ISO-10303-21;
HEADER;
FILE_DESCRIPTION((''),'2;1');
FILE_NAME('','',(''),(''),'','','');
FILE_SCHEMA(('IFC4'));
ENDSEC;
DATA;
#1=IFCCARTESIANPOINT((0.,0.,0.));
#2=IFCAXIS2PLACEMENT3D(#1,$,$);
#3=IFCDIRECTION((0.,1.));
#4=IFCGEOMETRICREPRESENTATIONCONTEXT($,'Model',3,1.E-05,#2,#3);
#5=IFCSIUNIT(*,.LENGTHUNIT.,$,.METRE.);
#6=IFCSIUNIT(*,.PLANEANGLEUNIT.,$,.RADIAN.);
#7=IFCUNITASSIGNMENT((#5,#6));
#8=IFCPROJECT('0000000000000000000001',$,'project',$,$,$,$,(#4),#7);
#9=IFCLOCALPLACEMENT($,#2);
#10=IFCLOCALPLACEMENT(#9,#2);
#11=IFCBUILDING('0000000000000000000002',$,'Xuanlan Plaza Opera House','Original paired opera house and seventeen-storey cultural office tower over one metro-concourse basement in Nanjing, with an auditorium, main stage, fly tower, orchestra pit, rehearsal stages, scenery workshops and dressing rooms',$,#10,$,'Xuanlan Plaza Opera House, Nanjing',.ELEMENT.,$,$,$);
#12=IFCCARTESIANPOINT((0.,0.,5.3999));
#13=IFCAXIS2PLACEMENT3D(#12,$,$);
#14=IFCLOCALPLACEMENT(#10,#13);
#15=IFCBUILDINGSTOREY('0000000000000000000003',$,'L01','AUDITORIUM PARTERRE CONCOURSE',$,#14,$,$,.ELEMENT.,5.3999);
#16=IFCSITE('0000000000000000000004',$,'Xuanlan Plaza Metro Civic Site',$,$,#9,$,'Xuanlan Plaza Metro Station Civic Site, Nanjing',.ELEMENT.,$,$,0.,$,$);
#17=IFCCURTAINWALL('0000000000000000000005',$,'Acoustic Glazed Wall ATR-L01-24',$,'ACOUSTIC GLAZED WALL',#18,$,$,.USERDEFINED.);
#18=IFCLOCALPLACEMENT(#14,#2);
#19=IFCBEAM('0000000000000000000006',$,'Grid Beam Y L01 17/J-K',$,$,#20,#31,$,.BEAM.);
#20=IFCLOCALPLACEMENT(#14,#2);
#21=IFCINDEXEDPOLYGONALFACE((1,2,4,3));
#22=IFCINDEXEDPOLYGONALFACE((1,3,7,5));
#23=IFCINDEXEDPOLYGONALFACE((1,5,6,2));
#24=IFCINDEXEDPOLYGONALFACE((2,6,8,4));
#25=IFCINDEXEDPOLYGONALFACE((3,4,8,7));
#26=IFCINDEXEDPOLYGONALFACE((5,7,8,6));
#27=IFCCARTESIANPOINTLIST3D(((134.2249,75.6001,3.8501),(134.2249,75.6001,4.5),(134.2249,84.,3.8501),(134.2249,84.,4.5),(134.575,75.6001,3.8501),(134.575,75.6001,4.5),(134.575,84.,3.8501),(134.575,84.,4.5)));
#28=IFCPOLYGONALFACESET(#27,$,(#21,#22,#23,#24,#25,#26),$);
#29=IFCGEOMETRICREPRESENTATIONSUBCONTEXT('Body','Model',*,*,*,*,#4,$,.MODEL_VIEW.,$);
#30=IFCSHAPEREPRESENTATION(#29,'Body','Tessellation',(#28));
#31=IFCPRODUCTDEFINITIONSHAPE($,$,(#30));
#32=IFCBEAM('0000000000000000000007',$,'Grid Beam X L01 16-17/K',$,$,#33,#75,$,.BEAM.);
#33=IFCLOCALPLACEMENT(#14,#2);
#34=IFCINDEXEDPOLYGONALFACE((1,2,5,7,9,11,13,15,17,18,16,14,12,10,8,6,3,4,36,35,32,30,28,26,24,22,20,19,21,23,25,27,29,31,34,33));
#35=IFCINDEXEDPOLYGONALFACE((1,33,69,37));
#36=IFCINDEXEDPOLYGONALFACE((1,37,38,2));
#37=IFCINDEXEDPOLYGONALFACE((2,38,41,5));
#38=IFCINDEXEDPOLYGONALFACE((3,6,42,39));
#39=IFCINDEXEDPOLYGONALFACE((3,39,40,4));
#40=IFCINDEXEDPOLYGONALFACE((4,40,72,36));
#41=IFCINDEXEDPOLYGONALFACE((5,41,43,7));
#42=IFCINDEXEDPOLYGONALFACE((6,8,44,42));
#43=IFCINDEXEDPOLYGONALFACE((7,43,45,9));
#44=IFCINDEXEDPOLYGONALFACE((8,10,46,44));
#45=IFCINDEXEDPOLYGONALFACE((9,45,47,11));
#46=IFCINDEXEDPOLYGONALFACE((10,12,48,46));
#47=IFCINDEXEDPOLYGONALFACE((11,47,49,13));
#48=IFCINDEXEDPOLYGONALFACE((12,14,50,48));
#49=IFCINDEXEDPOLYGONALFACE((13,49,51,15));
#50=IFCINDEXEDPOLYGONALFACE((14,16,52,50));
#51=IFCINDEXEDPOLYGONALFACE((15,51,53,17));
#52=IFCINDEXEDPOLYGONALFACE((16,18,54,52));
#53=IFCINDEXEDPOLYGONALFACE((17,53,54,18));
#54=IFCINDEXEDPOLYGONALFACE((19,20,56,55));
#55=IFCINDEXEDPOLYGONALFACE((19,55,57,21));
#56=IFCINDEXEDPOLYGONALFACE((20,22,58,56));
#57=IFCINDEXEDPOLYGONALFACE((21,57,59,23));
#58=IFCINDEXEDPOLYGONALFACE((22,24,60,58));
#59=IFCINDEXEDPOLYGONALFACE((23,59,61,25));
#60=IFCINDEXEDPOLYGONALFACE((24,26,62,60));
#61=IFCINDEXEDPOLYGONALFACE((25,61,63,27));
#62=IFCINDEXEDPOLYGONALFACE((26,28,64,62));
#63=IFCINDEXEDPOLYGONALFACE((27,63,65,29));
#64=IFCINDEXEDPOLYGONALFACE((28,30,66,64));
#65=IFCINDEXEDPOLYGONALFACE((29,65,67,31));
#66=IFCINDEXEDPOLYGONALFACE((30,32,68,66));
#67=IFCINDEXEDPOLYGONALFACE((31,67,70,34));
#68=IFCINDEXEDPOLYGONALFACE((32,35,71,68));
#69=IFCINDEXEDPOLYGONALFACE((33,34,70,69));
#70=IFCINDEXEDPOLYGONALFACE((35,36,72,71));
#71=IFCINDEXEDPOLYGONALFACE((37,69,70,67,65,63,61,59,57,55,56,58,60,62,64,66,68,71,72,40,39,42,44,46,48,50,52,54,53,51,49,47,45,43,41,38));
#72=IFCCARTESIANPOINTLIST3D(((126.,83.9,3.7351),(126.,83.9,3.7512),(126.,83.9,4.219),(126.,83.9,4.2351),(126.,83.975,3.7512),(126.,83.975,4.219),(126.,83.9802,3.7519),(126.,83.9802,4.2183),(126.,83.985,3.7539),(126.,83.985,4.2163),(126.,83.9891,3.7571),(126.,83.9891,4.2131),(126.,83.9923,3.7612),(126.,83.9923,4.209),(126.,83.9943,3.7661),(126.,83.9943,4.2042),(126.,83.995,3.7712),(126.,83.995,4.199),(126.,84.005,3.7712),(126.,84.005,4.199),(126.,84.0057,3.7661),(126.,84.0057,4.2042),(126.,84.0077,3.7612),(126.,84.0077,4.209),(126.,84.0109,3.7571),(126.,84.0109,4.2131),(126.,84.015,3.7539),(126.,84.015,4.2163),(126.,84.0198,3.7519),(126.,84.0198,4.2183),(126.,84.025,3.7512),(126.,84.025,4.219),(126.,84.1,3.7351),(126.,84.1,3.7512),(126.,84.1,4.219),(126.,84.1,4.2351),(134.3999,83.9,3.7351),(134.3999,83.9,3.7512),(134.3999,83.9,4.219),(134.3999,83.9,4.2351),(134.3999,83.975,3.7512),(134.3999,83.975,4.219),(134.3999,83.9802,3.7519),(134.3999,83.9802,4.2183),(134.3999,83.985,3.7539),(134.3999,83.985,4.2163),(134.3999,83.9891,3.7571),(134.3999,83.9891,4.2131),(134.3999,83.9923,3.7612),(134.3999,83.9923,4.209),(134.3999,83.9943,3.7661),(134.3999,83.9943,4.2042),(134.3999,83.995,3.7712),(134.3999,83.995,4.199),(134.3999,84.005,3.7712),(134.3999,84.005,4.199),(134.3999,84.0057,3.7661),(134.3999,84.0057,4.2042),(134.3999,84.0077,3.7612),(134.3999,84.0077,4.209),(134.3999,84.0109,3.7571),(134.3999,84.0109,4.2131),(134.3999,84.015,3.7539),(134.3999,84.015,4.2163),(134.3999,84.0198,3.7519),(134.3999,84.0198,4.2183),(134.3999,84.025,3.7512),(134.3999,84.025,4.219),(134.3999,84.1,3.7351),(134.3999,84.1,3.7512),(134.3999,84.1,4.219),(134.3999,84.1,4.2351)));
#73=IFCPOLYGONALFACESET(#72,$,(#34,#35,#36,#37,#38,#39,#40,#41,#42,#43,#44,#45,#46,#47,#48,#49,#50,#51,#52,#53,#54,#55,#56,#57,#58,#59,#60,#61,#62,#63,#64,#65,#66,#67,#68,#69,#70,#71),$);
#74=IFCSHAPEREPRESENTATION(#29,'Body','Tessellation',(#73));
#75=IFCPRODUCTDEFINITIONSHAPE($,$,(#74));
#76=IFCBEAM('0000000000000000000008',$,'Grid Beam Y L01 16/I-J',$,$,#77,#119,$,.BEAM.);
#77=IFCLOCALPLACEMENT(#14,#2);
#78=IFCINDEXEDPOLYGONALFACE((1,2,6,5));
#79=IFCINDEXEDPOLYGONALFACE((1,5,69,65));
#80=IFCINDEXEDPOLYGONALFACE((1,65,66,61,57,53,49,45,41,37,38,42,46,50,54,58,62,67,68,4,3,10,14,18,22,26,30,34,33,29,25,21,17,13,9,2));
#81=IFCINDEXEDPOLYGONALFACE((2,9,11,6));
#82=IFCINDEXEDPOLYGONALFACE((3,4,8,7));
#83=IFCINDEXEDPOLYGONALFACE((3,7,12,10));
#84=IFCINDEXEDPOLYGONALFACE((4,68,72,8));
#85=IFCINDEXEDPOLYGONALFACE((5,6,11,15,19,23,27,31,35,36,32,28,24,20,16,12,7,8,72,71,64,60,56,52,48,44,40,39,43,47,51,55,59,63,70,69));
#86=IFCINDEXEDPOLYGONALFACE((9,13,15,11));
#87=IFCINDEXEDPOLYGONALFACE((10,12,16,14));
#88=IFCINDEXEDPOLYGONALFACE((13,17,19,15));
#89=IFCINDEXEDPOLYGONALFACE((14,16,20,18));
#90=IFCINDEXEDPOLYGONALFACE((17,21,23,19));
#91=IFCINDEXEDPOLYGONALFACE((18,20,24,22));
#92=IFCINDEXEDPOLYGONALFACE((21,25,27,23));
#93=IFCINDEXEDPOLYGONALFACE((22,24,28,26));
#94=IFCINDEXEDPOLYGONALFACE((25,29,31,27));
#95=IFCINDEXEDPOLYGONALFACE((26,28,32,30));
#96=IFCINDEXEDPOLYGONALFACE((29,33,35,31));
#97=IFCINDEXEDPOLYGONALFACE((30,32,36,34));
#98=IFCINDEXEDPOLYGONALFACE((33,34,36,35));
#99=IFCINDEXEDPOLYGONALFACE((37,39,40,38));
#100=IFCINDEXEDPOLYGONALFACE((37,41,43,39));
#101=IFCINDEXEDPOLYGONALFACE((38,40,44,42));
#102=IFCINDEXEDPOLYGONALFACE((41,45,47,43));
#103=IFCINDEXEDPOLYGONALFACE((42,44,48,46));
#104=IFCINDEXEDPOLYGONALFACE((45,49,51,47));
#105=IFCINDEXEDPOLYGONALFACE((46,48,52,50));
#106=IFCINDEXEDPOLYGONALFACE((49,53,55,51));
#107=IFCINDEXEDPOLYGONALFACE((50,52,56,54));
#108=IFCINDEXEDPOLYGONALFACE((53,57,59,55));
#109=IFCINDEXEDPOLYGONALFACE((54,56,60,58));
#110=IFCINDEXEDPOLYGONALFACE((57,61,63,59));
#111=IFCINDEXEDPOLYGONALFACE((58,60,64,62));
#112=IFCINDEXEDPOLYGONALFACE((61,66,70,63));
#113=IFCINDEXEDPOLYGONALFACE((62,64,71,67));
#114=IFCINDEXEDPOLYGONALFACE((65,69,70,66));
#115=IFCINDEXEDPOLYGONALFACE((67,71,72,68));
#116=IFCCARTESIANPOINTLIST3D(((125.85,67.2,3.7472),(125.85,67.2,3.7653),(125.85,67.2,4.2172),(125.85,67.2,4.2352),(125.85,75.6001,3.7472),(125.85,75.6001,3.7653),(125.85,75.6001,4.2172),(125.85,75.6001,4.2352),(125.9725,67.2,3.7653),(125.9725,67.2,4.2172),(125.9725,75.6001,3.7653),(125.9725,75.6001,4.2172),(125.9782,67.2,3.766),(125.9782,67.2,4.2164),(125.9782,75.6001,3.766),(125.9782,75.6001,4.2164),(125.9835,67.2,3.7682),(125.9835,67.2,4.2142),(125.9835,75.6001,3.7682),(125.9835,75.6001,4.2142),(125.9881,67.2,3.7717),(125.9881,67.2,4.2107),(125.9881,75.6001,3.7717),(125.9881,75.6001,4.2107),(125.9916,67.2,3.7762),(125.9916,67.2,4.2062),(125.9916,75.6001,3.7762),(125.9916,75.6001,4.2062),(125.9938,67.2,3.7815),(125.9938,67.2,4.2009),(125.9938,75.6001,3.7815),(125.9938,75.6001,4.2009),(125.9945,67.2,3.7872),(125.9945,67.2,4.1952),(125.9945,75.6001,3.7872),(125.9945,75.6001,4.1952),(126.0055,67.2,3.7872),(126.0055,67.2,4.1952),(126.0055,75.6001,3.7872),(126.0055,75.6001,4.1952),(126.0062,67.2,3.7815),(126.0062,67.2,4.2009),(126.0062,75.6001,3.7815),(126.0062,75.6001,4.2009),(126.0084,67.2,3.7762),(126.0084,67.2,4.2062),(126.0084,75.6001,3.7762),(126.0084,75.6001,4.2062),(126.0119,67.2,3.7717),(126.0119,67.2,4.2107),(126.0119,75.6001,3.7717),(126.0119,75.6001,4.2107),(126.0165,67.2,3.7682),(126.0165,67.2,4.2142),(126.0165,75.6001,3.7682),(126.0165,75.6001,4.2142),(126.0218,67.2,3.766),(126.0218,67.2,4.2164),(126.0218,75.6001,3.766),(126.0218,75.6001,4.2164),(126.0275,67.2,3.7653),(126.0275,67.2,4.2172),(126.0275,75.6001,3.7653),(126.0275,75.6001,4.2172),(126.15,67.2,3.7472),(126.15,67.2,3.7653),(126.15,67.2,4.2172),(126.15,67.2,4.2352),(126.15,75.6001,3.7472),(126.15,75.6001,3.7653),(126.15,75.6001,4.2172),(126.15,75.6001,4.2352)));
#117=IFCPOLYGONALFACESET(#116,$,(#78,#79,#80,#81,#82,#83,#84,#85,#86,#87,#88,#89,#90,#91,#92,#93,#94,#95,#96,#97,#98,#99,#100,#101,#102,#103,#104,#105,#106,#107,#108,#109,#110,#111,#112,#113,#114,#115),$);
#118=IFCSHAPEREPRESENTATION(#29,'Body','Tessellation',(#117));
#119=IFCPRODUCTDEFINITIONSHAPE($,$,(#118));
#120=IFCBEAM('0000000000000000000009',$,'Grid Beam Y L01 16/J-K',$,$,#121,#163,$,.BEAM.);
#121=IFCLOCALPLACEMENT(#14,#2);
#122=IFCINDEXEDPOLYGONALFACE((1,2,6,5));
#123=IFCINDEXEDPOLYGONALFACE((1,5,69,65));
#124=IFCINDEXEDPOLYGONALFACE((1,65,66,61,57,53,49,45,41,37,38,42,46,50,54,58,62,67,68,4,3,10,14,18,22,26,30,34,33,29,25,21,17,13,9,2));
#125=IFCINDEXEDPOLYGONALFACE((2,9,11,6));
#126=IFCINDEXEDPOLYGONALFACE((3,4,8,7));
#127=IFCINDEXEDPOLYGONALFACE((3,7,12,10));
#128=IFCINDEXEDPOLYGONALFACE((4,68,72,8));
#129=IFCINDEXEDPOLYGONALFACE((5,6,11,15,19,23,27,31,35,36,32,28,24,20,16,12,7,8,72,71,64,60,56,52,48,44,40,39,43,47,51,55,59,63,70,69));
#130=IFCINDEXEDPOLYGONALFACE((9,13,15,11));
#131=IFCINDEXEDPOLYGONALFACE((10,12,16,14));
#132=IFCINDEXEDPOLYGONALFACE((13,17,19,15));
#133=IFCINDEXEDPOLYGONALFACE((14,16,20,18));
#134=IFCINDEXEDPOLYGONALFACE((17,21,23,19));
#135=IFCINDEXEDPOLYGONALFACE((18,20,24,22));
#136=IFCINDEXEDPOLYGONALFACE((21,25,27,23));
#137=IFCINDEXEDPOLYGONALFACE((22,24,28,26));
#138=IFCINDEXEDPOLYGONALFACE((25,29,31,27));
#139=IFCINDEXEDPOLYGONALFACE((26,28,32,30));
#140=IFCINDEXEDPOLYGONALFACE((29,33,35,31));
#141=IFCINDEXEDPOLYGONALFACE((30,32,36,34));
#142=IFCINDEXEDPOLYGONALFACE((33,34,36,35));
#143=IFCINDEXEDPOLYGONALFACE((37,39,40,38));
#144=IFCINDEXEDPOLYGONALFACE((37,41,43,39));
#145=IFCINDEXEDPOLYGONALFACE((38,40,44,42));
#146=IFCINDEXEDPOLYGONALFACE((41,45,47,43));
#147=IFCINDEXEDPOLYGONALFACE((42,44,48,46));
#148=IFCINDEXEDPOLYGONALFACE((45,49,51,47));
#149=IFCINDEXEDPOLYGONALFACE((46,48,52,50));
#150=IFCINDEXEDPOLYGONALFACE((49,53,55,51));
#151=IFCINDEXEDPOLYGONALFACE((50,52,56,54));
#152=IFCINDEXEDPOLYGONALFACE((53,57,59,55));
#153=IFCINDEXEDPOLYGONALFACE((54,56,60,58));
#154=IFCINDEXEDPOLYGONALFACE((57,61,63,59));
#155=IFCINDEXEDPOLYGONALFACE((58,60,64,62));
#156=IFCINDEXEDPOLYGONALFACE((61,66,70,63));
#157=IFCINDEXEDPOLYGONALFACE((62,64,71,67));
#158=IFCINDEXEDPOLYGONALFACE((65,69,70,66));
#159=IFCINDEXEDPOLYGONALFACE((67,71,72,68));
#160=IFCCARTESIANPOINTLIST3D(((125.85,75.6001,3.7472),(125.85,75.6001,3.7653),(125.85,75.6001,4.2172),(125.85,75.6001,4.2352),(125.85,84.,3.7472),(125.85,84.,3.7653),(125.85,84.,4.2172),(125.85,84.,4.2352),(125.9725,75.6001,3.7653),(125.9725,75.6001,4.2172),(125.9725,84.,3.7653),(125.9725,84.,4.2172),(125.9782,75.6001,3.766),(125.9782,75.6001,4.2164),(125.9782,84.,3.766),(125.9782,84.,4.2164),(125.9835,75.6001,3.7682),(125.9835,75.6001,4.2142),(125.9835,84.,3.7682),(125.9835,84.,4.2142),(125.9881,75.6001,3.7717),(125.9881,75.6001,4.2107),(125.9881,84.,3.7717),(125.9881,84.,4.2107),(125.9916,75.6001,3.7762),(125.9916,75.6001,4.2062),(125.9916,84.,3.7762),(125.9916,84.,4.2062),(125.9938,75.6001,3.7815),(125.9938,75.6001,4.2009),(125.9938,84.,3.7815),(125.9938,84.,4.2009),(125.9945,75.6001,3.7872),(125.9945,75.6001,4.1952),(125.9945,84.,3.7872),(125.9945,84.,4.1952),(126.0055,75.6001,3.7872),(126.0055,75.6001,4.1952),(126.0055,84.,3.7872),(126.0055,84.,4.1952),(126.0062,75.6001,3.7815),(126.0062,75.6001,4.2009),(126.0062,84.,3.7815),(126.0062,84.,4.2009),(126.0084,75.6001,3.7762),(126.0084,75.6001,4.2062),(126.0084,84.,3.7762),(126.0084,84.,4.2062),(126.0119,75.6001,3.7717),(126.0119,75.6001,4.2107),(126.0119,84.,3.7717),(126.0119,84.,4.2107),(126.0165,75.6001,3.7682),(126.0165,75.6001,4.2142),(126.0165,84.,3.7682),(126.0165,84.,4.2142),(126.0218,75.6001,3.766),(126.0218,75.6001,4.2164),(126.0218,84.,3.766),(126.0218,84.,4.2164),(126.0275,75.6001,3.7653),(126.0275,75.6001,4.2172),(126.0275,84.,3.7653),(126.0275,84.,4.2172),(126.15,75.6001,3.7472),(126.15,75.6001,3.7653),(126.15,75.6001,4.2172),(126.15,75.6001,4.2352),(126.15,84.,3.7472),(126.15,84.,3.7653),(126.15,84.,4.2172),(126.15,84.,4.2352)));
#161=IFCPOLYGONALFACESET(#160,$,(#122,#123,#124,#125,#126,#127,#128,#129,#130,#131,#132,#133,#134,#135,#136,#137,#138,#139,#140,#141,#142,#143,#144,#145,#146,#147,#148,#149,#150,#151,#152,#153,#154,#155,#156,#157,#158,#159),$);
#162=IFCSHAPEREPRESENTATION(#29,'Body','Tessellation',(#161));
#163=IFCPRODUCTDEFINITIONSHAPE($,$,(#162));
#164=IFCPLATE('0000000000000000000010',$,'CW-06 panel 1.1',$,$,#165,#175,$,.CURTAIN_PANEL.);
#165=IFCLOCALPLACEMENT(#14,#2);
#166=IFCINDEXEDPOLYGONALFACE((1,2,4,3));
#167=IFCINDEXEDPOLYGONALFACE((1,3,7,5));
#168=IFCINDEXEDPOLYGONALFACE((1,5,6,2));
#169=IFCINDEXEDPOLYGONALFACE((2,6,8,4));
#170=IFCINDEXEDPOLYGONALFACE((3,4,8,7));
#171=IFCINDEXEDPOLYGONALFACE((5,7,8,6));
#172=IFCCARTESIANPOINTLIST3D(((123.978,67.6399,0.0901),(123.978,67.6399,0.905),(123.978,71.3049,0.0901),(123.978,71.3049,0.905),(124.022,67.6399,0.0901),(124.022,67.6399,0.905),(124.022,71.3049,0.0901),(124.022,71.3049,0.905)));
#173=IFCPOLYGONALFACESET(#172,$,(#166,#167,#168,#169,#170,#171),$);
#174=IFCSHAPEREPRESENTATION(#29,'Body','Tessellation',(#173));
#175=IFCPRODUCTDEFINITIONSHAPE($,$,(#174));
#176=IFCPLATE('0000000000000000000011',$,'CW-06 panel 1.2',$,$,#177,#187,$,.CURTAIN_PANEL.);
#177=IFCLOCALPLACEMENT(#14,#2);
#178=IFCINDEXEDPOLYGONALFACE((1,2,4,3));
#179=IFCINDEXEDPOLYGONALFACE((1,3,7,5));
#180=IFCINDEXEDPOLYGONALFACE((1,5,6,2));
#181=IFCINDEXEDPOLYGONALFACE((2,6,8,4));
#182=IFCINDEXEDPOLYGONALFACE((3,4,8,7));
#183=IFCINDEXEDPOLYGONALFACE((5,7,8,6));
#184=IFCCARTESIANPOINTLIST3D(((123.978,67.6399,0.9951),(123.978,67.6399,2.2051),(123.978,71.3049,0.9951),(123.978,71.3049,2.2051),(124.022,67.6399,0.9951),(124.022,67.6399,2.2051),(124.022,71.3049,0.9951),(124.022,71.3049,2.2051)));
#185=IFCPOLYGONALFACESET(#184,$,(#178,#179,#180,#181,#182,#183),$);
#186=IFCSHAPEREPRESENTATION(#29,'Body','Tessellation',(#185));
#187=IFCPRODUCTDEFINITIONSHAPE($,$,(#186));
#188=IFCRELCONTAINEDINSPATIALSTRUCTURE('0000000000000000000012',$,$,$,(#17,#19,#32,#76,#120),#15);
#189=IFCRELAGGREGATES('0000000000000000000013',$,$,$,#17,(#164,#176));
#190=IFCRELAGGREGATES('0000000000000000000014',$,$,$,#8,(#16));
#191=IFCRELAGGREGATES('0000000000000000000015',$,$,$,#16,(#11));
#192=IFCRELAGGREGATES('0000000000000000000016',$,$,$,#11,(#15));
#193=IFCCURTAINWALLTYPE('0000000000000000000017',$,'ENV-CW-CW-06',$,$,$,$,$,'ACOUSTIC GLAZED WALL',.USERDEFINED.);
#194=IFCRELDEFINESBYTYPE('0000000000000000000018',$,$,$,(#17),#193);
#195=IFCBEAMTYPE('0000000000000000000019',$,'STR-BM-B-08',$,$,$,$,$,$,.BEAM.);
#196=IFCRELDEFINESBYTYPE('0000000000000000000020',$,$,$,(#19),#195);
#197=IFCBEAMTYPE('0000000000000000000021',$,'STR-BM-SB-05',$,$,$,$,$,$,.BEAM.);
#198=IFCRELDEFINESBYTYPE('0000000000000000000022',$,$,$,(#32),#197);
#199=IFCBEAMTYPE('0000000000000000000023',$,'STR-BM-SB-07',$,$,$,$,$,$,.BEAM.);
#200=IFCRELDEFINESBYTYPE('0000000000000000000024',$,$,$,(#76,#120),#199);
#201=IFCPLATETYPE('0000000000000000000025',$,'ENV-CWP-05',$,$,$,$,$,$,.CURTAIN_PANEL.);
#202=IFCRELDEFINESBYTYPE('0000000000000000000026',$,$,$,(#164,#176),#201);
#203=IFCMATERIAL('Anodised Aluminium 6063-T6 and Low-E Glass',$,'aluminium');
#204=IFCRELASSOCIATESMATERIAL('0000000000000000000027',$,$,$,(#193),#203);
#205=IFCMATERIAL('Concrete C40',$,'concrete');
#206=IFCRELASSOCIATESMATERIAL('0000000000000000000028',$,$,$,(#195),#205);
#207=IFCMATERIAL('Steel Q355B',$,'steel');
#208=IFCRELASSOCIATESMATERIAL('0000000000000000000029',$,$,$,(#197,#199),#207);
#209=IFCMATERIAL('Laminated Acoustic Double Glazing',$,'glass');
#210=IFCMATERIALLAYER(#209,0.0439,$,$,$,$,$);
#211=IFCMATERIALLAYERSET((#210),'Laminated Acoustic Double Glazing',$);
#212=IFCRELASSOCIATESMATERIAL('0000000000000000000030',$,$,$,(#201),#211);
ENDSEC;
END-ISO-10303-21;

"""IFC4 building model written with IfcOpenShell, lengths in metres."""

from ifc_helpers import new_model, si_unit, direction, frame, origin, origin_2d, place, context, subcontext, project, spatial, rectangle, i_section, extrude, material, layer, layer_set, material_profile, profile_set, type_object, element, aggregate, save


model = new_model("IFC4")

# Units and contexts
model_context = context("Model", 3, precision=1e-05, world=origin(), true_north=direction((0.0, 1.0)))
body_context = subcontext(model_context, "Body", "Model", "MODEL_VIEW")
ifc_project = project(units=[si_unit("LENGTHUNIT", "METRE"), si_unit("PLANEANGLEUNIT", "RADIAN")], contexts=[model_context])

# Site, building, storey
site_placement = place(None, origin())
site = spatial("IfcSite", under=ifc_project, at=site_placement, Name="Xuanlan Plaza Metro Civic Site", LongName="Xuanlan Plaza Metro Station Civic Site, Nanjing", CompositionType="ELEMENT", RefElevation=0.0)
building_placement = place(site_placement, origin())
building = spatial("IfcBuilding", under=site, at=building_placement, Name="Xuanlan Plaza Opera House", Description="Original paired opera house and seventeen-storey cultural office tower over one metro-concourse basement in Nanjing, with an auditorium, main stage, fly tower, orchestra pit, rehearsal stages, scenery workshops and dressing rooms", LongName="Xuanlan Plaza Opera House, Nanjing", CompositionType="ELEMENT")
storey_placement = place(building_placement, frame((0.0, 0.0, 5.3999)))
storey = spatial("IfcBuildingStorey", under=building, at=storey_placement, Name="L01", Description="AUDITORIUM PARTERRE CONCOURSE", CompositionType="ELEMENT", Elevation=5.3999)

# Curtain wall
ifc_material_1 = material(Name="Anodised Aluminium 6063-T6 and Low-E Glass", Category="aluminium")
curtain_wall_type = type_object("IfcCurtainWallType", Name="ENV-CW-CW-06", ElementType="ACOUSTIC GLAZED WALL", PredefinedType="USERDEFINED", material=ifc_material_1)
curtain_wall_placement = place(storey_placement, origin())
curtain_wall = element("IfcCurtainWall", 1, at=curtain_wall_placement, inside=storey, type_object=curtain_wall_type, Name="Acoustic Glazed Wall ATR-L01-24", ObjectType="ACOUSTIC GLAZED WALL", PredefinedType="USERDEFINED")

# Beams
ifc_material_2 = material(Name="Concrete C40", Category="concrete")
ifc_material_profile_1 = material_profile(ifc_material_2, rectangle(XDim=0.3501, YDim=0.6499, at=origin_2d()), Name="RC-BM 350x650")
ifc_profile_set_1 = profile_set([ifc_material_profile_1], Name="Concrete C40")
beam_type_1 = type_object("IfcBeamType", Name="STR-BM-B-08", PredefinedType="BEAM", material=ifc_profile_set_1)
beam_1_placement = place(storey_placement, frame((134.3999, 75.6001, 4.175), z_axis=(0.0, 1.0, 0.0), x_axis=(-1.0, 0.0, 0.0)))
element("IfcBeam", 2, at=beam_1_placement, inside=storey, type_object=beam_type_1, Name="Grid Beam Y L01 17/J-K", PredefinedType="BEAM", context=body_context, shape_type="SweptSolid", body=[
    extrude(rectangle(XDim=0.3501, YDim=0.6499, at=origin_2d()), origin(), (0.0, 0.0, 1.0), 8.3999),
])
ifc_material_3 = material(Name="Steel Q355B", Category="steel")
ifc_material_profile_2 = material_profile(ifc_material_3, i_section(OverallWidth=0.2, OverallDepth=0.5, WebThickness=0.01, FlangeThickness=0.0161, FilletRadius=0.02, at=origin_2d()), Name="HN 500x200x10x16")
ifc_profile_set_2 = profile_set([ifc_material_profile_2], Name="Steel Q355B")
beam_type_2 = type_object("IfcBeamType", Name="STR-BM-SB-05", PredefinedType="BEAM", material=ifc_profile_set_2)
beam_2_placement = place(storey_placement, frame((126.0, 84.0, 3.9851), z_axis=(1.0, 0.0, 0.0), x_axis=(0.0, 1.0, 0.0)))
element("IfcBeam", 3, at=beam_2_placement, inside=storey, type_object=beam_type_2, Name="Grid Beam X L01 16-17/K", PredefinedType="BEAM", context=body_context, shape_type="SweptSolid", body=[
    extrude(i_section(OverallWidth=0.2, OverallDepth=0.5, WebThickness=0.01, FlangeThickness=0.0161, FilletRadius=0.02, at=origin_2d()), origin(), (0.0, 0.0, 1.0), 8.3999),
])
ifc_material_profile_3 = material_profile(ifc_material_3, i_section(OverallWidth=0.3, OverallDepth=0.488, WebThickness=0.011, FlangeThickness=0.0181, FilletRadius=0.022, at=origin_2d()), Name="HM 488x300x11x18")
ifc_profile_set_3 = profile_set([ifc_material_profile_3], Name="Steel Q355B")
beam_type_3 = type_object("IfcBeamType", Name="STR-BM-SB-07", PredefinedType="BEAM", material=ifc_profile_set_3)
beam_3_placement = place(storey_placement, frame((126.0, 67.2, 3.9912), z_axis=(0.0, 1.0, 0.0), x_axis=(-1.0, 0.0, 0.0)))
element("IfcBeam", 4, at=beam_3_placement, inside=storey, type_object=beam_type_3, Name="Grid Beam Y L01 16/I-J", PredefinedType="BEAM", context=body_context, shape_type="SweptSolid", body=[
    extrude(i_section(OverallWidth=0.3, OverallDepth=0.488, WebThickness=0.011, FlangeThickness=0.0181, FilletRadius=0.022, at=origin_2d()), origin(), (0.0, 0.0, 1.0), 8.4001),
])
beam_4_placement = place(storey_placement, frame((126.0, 75.6001, 3.9912), z_axis=(0.0, 1.0, 0.0), x_axis=(-1.0, 0.0, 0.0)))
element("IfcBeam", 5, at=beam_4_placement, inside=storey, type_object=beam_type_3, Name="Grid Beam Y L01 16/J-K", PredefinedType="BEAM", context=body_context, shape_type="SweptSolid", body=[
    extrude(i_section(OverallWidth=0.3, OverallDepth=0.488, WebThickness=0.011, FlangeThickness=0.0181, FilletRadius=0.022, at=origin_2d()), origin(), (0.0, 0.0, 1.0), 8.3999),
])

# Plates
ifc_material_4 = material(Name="Laminated Acoustic Double Glazing", Category="glass")
ifc_layer_1 = layer(ifc_material_4, 0.0439)
ifc_layer_set_1 = layer_set([ifc_layer_1], Name="Laminated Acoustic Double Glazing")
plate_type = type_object("IfcPlateType", Name="ENV-CWP-05", PredefinedType="CURTAIN_PANEL", material=ifc_layer_set_1)
plate_1_placement = place(storey_placement, frame((124.0, 69.4724, 0.0901), z_axis=(0.0, 0.0, 1.0), x_axis=(0.0, 1.0, 0.0)))
plate_1 = element("IfcPlate", 6, at=plate_1_placement, type_object=plate_type, Name="CW-06 panel 1.1", PredefinedType="CURTAIN_PANEL", context=body_context, shape_type="SweptSolid", body=[
    extrude(rectangle(XDim=3.665, YDim=0.0439, at=origin_2d()), origin(), (0.0, 0.0, 1.0), 0.8149),
])
plate_2_placement = place(storey_placement, frame((124.0, 69.4724, 0.9951), z_axis=(0.0, 0.0, 1.0), x_axis=(0.0, 1.0, 0.0)))
plate_2 = element("IfcPlate", 7, at=plate_2_placement, type_object=plate_type, Name="CW-06 panel 1.2", PredefinedType="CURTAIN_PANEL", context=body_context, shape_type="SweptSolid", body=[
    extrude(rectangle(XDim=3.665, YDim=0.0439, at=origin_2d()), origin(), (0.0, 0.0, 1.0), 1.21),
])
aggregate(curtain_wall, [plate_1, plate_2])

save(model, "model.ifc")
